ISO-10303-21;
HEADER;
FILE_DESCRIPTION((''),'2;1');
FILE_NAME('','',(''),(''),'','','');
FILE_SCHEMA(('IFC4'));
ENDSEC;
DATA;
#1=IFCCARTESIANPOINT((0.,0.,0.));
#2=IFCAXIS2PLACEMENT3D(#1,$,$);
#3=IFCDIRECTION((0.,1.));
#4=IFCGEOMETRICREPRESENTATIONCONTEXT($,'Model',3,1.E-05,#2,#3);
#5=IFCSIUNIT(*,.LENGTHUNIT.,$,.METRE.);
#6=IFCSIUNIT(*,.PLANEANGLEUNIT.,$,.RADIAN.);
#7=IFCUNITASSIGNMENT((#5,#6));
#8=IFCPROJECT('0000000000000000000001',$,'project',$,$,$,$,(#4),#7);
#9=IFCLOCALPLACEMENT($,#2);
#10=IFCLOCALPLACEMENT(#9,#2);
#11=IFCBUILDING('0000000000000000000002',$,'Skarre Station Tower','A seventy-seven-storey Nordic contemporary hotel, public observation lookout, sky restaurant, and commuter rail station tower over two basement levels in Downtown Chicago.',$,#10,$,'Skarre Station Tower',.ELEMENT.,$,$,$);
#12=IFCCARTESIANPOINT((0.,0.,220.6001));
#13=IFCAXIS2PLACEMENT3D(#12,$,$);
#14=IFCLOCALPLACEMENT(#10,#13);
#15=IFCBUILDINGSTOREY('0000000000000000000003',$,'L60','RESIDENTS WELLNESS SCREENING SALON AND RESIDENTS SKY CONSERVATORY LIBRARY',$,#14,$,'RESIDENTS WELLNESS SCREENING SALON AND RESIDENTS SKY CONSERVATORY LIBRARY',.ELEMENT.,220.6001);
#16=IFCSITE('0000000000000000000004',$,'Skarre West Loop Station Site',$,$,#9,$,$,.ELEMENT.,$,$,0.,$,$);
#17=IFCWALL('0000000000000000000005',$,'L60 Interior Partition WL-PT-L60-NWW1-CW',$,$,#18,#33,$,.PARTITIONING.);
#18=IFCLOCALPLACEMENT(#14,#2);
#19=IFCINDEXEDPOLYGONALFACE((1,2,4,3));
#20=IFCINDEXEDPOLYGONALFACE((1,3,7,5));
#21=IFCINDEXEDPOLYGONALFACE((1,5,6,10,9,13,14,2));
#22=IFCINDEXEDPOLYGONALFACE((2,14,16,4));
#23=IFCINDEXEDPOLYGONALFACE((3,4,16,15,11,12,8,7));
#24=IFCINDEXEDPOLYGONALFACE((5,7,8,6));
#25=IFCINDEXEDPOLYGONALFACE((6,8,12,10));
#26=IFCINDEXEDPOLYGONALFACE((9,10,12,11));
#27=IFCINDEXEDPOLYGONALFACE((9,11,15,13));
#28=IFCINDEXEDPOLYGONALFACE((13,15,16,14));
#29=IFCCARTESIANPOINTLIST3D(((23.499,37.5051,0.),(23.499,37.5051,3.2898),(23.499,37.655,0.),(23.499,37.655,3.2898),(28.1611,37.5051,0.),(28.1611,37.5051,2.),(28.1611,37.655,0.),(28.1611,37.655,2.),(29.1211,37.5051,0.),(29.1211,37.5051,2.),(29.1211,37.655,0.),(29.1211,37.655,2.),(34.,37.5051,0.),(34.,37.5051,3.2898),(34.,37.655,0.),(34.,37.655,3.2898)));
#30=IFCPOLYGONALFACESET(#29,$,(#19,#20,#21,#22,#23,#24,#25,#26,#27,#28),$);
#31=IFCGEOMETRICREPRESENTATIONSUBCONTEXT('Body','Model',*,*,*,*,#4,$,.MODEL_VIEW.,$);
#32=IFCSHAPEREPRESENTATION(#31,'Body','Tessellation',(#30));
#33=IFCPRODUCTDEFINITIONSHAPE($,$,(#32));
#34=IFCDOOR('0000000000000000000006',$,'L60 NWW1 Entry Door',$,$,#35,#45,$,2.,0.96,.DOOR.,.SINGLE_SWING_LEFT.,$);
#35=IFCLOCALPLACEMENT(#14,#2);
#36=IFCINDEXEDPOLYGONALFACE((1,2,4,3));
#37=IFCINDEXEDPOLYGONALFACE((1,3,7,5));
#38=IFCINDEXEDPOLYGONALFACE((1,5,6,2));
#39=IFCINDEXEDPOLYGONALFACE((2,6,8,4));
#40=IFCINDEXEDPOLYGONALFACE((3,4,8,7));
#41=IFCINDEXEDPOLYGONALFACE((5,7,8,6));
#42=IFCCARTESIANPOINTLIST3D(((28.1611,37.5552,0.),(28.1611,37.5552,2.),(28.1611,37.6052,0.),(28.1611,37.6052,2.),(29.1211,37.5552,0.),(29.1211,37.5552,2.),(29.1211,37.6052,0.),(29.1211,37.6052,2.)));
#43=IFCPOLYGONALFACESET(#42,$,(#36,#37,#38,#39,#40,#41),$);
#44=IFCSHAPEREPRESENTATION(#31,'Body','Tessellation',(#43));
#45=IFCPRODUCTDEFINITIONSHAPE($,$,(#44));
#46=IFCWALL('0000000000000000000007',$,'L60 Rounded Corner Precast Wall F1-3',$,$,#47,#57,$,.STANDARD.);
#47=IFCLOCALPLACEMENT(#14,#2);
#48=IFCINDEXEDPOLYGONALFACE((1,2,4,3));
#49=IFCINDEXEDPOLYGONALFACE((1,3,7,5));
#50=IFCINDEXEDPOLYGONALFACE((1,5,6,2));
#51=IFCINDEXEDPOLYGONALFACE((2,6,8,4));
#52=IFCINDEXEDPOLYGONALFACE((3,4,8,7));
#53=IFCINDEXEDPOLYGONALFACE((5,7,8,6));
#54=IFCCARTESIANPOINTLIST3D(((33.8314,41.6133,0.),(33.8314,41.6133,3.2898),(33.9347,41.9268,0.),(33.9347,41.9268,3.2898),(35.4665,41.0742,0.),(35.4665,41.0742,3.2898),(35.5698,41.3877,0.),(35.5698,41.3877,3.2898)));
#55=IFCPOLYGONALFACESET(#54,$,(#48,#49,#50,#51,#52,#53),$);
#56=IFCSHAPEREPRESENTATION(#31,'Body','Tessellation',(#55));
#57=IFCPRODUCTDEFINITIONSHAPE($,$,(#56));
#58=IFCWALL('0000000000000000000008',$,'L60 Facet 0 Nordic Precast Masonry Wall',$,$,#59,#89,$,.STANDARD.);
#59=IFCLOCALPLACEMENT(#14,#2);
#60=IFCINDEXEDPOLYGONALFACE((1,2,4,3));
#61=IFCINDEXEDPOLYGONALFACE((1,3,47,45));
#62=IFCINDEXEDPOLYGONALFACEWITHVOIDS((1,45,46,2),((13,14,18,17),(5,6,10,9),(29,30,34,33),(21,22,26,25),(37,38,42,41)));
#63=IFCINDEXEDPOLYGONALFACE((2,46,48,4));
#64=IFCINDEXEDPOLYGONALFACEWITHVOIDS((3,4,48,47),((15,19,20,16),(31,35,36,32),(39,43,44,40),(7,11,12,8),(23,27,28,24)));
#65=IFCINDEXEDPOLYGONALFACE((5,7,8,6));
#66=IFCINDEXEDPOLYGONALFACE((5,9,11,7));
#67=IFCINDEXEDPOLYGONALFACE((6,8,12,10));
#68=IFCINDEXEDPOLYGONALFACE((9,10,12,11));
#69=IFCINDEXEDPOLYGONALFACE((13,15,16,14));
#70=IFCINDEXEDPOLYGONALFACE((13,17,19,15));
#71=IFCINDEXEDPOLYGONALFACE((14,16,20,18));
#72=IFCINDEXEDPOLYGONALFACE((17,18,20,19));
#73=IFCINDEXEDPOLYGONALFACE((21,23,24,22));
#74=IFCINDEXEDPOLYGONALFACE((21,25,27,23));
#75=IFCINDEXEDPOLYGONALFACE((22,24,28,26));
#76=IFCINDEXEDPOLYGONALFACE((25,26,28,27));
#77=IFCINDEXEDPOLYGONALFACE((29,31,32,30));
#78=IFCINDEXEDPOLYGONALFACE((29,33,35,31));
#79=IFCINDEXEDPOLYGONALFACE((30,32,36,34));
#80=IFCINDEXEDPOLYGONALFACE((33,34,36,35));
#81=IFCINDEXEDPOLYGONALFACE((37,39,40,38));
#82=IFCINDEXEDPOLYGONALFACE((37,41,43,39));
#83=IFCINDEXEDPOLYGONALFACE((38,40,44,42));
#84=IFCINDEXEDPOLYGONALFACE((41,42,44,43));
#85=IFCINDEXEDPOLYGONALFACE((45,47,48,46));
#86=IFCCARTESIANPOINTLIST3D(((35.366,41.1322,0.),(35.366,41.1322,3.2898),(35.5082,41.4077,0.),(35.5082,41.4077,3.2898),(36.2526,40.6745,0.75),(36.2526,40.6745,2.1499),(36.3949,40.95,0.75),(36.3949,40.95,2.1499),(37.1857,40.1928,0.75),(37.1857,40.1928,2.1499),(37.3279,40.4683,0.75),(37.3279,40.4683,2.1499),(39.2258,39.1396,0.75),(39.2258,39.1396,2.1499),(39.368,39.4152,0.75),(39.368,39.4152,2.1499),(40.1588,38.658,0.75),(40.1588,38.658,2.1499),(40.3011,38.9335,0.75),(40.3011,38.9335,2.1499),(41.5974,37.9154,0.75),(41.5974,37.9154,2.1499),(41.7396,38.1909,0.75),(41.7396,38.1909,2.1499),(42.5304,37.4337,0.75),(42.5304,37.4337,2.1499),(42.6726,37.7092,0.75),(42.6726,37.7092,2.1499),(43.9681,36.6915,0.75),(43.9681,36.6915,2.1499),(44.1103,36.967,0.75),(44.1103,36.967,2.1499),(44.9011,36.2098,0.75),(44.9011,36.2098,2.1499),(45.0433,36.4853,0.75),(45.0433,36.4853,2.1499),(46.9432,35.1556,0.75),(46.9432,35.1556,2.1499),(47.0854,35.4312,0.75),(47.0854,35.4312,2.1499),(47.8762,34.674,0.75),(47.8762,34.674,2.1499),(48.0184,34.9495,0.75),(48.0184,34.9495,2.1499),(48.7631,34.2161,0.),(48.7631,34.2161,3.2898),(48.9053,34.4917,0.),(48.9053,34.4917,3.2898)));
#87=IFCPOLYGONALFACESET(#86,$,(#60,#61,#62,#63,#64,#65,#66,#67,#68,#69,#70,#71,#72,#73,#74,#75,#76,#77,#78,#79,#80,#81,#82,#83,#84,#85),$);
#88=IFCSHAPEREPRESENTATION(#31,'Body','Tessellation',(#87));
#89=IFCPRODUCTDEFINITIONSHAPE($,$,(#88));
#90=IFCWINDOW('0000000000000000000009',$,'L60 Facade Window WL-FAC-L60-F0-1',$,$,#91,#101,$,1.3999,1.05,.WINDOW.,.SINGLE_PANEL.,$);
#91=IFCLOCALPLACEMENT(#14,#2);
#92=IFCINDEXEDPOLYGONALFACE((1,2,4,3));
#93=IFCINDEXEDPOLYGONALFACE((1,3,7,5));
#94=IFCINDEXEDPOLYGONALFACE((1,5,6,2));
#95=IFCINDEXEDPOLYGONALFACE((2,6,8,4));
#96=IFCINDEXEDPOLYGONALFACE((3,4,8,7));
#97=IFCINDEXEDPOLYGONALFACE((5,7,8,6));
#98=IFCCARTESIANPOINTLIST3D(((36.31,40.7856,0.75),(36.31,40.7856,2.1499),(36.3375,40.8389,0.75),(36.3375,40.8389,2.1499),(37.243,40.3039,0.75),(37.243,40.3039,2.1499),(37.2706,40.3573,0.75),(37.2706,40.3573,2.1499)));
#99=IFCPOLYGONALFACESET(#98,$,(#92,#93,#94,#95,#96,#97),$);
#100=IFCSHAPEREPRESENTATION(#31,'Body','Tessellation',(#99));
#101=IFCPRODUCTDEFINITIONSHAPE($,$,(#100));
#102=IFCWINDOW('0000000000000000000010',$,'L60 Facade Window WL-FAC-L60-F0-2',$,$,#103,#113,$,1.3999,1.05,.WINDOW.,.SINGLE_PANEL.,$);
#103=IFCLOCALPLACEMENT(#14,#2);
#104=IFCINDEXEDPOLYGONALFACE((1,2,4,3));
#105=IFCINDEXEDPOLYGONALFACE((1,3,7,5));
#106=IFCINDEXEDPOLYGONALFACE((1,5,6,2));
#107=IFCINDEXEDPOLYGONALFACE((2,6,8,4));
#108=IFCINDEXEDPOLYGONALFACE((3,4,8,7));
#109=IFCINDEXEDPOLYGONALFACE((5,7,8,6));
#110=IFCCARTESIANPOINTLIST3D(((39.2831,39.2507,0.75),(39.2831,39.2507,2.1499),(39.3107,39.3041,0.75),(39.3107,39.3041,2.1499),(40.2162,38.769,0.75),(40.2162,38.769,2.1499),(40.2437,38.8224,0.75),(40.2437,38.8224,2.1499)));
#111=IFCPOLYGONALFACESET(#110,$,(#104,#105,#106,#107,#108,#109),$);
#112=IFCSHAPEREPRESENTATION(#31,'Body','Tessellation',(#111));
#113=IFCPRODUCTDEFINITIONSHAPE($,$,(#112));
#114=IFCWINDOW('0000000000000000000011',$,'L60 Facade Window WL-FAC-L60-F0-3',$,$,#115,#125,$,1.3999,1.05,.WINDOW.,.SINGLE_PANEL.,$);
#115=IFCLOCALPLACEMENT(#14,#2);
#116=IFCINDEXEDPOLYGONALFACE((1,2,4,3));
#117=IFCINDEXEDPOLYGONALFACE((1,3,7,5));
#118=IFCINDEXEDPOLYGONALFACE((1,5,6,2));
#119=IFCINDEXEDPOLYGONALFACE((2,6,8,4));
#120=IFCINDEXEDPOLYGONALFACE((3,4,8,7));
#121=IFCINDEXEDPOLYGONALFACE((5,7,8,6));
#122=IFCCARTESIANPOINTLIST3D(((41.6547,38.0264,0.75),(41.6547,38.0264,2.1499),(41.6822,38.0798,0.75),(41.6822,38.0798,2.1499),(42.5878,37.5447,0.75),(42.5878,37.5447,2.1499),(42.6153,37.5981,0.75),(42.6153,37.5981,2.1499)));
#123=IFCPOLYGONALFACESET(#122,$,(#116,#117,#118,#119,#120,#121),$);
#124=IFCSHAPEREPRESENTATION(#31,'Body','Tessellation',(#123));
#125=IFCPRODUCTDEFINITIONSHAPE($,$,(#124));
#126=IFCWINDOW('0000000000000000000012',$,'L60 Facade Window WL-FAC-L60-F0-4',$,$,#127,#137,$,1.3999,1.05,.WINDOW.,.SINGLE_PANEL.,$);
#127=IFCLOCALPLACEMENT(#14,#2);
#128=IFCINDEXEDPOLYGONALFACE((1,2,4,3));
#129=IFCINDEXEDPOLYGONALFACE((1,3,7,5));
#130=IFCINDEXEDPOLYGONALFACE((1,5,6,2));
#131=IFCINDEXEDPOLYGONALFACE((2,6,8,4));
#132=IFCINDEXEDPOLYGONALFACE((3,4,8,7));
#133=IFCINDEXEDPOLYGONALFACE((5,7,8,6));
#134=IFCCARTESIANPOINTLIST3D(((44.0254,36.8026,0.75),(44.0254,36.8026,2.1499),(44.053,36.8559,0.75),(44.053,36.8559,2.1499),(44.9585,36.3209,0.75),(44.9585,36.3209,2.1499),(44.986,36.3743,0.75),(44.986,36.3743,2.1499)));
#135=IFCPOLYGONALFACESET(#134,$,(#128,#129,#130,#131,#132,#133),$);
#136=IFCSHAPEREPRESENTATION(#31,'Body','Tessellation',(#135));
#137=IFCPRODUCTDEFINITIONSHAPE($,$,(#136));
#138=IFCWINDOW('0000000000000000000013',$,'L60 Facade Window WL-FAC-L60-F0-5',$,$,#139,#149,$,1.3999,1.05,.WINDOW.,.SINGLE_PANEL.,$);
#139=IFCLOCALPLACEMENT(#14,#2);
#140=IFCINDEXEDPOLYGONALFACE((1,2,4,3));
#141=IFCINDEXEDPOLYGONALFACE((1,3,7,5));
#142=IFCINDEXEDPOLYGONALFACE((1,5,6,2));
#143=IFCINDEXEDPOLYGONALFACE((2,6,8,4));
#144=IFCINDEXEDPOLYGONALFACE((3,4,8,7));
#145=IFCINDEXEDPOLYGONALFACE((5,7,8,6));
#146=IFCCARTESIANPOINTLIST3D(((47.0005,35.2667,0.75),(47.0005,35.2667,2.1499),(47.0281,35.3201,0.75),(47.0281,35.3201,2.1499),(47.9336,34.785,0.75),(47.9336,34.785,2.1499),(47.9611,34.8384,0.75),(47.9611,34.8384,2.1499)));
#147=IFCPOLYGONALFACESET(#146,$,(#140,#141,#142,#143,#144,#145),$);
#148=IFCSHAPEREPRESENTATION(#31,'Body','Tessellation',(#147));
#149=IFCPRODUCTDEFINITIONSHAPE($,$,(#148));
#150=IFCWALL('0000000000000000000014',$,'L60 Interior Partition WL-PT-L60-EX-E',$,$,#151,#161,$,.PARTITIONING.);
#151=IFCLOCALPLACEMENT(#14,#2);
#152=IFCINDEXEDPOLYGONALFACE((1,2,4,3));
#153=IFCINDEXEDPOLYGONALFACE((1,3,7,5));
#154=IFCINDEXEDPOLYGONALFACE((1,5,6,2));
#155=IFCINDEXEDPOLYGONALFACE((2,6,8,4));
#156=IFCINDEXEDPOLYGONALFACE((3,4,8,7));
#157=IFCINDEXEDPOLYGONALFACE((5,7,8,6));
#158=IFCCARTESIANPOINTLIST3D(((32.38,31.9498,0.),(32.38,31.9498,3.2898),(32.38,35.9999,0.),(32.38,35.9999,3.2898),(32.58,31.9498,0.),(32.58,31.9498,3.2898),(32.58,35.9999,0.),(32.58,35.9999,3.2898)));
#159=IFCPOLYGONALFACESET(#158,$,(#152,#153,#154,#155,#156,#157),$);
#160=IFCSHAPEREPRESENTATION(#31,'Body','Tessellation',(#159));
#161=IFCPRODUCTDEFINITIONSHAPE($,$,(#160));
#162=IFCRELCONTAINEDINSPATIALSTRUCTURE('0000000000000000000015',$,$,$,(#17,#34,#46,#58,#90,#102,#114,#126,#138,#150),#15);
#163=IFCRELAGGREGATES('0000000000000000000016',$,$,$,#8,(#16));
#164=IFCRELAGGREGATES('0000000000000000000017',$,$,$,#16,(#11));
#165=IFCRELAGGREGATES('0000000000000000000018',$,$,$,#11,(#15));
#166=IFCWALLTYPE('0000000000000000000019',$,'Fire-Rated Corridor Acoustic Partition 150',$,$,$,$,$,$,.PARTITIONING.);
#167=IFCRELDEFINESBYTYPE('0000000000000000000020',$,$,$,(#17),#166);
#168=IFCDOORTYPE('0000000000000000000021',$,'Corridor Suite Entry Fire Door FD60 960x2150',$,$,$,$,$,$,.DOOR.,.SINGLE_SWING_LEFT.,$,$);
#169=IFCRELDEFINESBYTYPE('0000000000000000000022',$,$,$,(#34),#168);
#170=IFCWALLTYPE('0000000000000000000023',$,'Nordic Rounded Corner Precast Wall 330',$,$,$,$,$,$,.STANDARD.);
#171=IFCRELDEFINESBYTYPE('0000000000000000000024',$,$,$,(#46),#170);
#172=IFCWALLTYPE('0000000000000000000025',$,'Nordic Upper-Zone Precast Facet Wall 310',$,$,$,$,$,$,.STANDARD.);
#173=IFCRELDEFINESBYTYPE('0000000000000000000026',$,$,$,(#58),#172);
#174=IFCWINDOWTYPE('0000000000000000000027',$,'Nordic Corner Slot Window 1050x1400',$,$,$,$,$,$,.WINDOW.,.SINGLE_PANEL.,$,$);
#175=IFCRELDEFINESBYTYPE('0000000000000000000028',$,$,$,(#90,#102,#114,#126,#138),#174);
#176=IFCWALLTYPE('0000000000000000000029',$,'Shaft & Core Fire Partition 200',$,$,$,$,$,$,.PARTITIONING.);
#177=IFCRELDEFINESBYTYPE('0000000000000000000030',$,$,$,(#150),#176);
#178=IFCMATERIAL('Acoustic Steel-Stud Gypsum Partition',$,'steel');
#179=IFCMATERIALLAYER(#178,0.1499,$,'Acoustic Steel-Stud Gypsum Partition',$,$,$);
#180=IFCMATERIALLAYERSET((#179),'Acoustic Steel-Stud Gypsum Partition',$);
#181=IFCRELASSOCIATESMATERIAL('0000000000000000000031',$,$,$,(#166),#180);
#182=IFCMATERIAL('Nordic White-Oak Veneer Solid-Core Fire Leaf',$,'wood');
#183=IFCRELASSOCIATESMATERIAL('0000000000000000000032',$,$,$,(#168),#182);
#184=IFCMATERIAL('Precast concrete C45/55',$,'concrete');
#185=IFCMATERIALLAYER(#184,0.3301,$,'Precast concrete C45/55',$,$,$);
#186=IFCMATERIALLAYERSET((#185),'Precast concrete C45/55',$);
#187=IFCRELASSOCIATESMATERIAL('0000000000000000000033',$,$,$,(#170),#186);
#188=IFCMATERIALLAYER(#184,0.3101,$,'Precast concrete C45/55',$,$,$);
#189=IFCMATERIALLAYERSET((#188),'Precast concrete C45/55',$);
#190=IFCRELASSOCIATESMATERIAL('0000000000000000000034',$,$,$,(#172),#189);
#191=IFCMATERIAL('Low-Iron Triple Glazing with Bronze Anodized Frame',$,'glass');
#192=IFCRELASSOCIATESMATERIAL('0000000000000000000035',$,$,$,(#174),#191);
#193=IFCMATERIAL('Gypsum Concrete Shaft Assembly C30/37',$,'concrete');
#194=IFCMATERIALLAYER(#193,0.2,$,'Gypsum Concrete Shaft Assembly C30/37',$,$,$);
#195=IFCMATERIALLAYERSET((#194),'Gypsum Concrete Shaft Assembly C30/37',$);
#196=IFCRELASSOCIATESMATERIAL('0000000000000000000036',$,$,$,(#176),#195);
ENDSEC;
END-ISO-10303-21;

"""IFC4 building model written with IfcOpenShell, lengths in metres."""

from ifc_helpers import new_model, si_unit, direction, frame, frame_2d, origin, place, context, subcontext, project, spatial, rectangle, extrude, material, layer, layer_set, type_object, element, fill, save


model = new_model("IFC4")

# Units and contexts
model_context = context("Model", 3, precision=1e-05, world=origin(), true_north=direction((0.0, 1.0)))
body_context = subcontext(model_context, "Body", "Model", "MODEL_VIEW")
ifc_project = project(units=[si_unit("LENGTHUNIT", "METRE"), si_unit("PLANEANGLEUNIT", "RADIAN")], contexts=[model_context])

# Site, building, storey
site_placement = place(None, origin())
site = spatial("IfcSite", under=ifc_project, at=site_placement, Name="Skarre West Loop Station Site", CompositionType="ELEMENT", RefElevation=0.0)
building_placement = place(site_placement, origin())
building = spatial("IfcBuilding", under=site, at=building_placement, Name="Skarre Station Tower", Description="A seventy-seven-storey Nordic contemporary hotel, public observation lookout, sky restaurant, and commuter rail station tower over two basement levels in Downtown Chicago.", LongName="Skarre Station Tower", CompositionType="ELEMENT")
storey_placement = place(building_placement, frame((0.0, 0.0, 220.6001)))
storey = spatial("IfcBuildingStorey", under=building, at=storey_placement, Name="L60", Description="RESIDENTS WELLNESS SCREENING SALON AND RESIDENTS SKY CONSERVATORY LIBRARY", LongName="RESIDENTS WELLNESS SCREENING SALON AND RESIDENTS SKY CONSERVATORY LIBRARY", CompositionType="ELEMENT", Elevation=220.6001)

# Wall, opening, door
ifc_material_1 = material(Name="Acoustic Steel-Stud Gypsum Partition", Category="steel")
ifc_layer_1 = layer(ifc_material_1, 0.1499, Name="Acoustic Steel-Stud Gypsum Partition")
ifc_layer_set_1 = layer_set([ifc_layer_1], Name="Acoustic Steel-Stud Gypsum Partition")
wall_type_1 = type_object("IfcWallType", Name="Fire-Rated Corridor Acoustic Partition 150", PredefinedType="PARTITIONING", material=ifc_layer_set_1)
wall_1_placement = place(storey_placement, frame((34.0, 37.5801, 0.0), z_axis=(0.0, 0.0, 1.0), x_axis=(-1.0, 0.0, 0.0)))
wall_1 = element("IfcWall", 1, at=wall_1_placement, inside=storey, type_object=wall_type_1, Name="L60 Interior Partition WL-PT-L60-NWW1-CW", PredefinedType="PARTITIONING", context=body_context, shape_type="SweptSolid", body=[
    extrude(rectangle(XDim=10.501, YDim=0.1499, at=frame_2d((5.2505, 0.0))), origin(), (0.0, 0.0, 1.0), 3.2898),
])
opening_1_placement = place(wall_1_placement, frame((4.8789, 0.0, 0.0)))
opening_1 = element("IfcOpeningElement", 2, at=opening_1_placement, cuts=wall_1, PredefinedType="OPENING", context=body_context, shape_type="SweptSolid", body=[
    extrude(rectangle(XDim=0.96, YDim=2.0, at=frame_2d((0.48, 1.0))), frame((0.0, 0.085, 0.0), z_axis=(0.0, -1.0, 0.0), x_axis=(1.0, 0.0, 0.0)), (0.0, 0.0, 1.0), 0.1699),
])
ifc_material_2 = material(Name="Nordic White-Oak Veneer Solid-Core Fire Leaf", Category="wood")
door_type = type_object("IfcDoorType", Name="Corridor Suite Entry Fire Door FD60 960x2150", OperationType="SINGLE_SWING_LEFT", PredefinedType="DOOR", material=ifc_material_2)
door_placement = place(opening_1_placement, origin())
door = element("IfcDoor", 3, at=door_placement, inside=storey, type_object=door_type, Name="L60 NWW1 Entry Door", OperationType="SINGLE_SWING_LEFT", OverallHeight=2.0, OverallWidth=0.96, PredefinedType="DOOR", context=body_context, shape_type="SweptSolid", body=[
    extrude(rectangle(XDim=0.96, YDim=2.0, at=frame_2d((0.48, 1.0))), frame((0.0, 0.0249, 0.0), z_axis=(0.0, -1.0, 0.0), x_axis=(1.0, 0.0, 0.0)), (0.0, 0.0, 1.0), 0.05),
])
fill(opening_1, door)

# Wall
ifc_material_3 = material(Name="Precast concrete C45/55", Category="concrete")
ifc_layer_2 = layer(ifc_material_3, 0.3301, Name="Precast concrete C45/55")
ifc_layer_set_2 = layer_set([ifc_layer_2], Name="Precast concrete C45/55")
wall_type_2 = type_object("IfcWallType", Name="Nordic Rounded Corner Precast Wall 330", PredefinedType="STANDARD", material=ifc_layer_set_2)
wall_2_placement = place(storey_placement, frame((33.8831, 41.77, 0.0), z_axis=(0.0, 0.0, 1.0), x_axis=(0.949713, -0.31312, 0.0)))
element("IfcWall", 4, at=wall_2_placement, inside=storey, type_object=wall_type_2, Name="L60 Rounded Corner Precast Wall F1-3", PredefinedType="STANDARD", context=body_context, shape_type="SweptSolid", body=[
    extrude(rectangle(XDim=1.7217, YDim=0.3301, at=frame_2d((0.8608, 0.0))), origin(), (0.0, 0.0, 1.0), 3.2898),
])

# Wall, openings, windows
ifc_layer_3 = layer(ifc_material_3, 0.3101, Name="Precast concrete C45/55")
ifc_layer_set_3 = layer_set([ifc_layer_3], Name="Precast concrete C45/55")
wall_type_3 = type_object("IfcWallType", Name="Nordic Upper-Zone Precast Facet Wall 310", PredefinedType="STANDARD", material=ifc_layer_set_3)
wall_3_placement = place(storey_placement, frame((35.437, 41.27, 0.0), z_axis=(0.0, 0.0, 1.0), x_axis=(0.888581, -0.458719, 0.0)))
wall_3 = element("IfcWall", 5, at=wall_3_placement, inside=storey, type_object=wall_type_3, Name="L60 Facet 0 Nordic Precast Masonry Wall", PredefinedType="STANDARD", context=body_context, shape_type="SweptSolid", body=[
    extrude(rectangle(XDim=15.0769, YDim=0.3101, at=frame_2d((7.5386, 0.0))), origin(), (0.0, 0.0, 1.0), 3.2898),
])
opening_2_placement = place(wall_3_placement, frame((0.998, 0.0, 0.75)))
opening_2 = element("IfcOpeningElement", 6, at=opening_2_placement, cuts=wall_3, PredefinedType="OPENING", context=body_context, shape_type="SweptSolid", body=[
    extrude(rectangle(XDim=1.05, YDim=1.3999, at=frame_2d((0.5249, 0.7))), frame((0.0, 0.165, 0.0), z_axis=(0.0, -1.0, 0.0), x_axis=(1.0, 0.0, 0.0)), (0.0, 0.0, 1.0), 0.3301),
])
opening_3_placement = place(wall_3_placement, frame((4.344, 0.0, 0.75)))
opening_3 = element("IfcOpeningElement", 7, at=opening_3_placement, cuts=wall_3, PredefinedType="OPENING", context=body_context, shape_type="SweptSolid", body=[
    extrude(rectangle(XDim=1.05, YDim=1.3999, at=frame_2d((0.5249, 0.7))), frame((0.0, 0.165, 0.0), z_axis=(0.0, -1.0, 0.0), x_axis=(1.0, 0.0, 0.0)), (0.0, 0.0, 1.0), 0.3301),
])
opening_4_placement = place(wall_3_placement, frame((7.0129, 0.0, 0.75)))
opening_4 = element("IfcOpeningElement", 8, at=opening_4_placement, cuts=wall_3, PredefinedType="OPENING", context=body_context, shape_type="SweptSolid", body=[
    extrude(rectangle(XDim=1.05, YDim=1.3999, at=frame_2d((0.5249, 0.7))), frame((0.0, 0.165, 0.0), z_axis=(0.0, -1.0, 0.0), x_axis=(1.0, 0.0, 0.0)), (0.0, 0.0, 1.0), 0.3301),
])
opening_5_placement = place(wall_3_placement, frame((9.6809, 0.0, 0.75)))
opening_5 = element("IfcOpeningElement", 9, at=opening_5_placement, cuts=wall_3, PredefinedType="OPENING", context=body_context, shape_type="SweptSolid", body=[
    extrude(rectangle(XDim=1.05, YDim=1.3999, at=frame_2d((0.5249, 0.7))), frame((0.0, 0.165, 0.0), z_axis=(0.0, -1.0, 0.0), x_axis=(1.0, 0.0, 0.0)), (0.0, 0.0, 1.0), 0.3301),
])
opening_6_placement = place(wall_3_placement, frame((13.0291, 0.0, 0.75)))
opening_6 = element("IfcOpeningElement", 10, at=opening_6_placement, cuts=wall_3, PredefinedType="OPENING", context=body_context, shape_type="SweptSolid", body=[
    extrude(rectangle(XDim=1.05, YDim=1.3999, at=frame_2d((0.5249, 0.7))), frame((0.0, 0.165, 0.0), z_axis=(0.0, -1.0, 0.0), x_axis=(1.0, 0.0, 0.0)), (0.0, 0.0, 1.0), 0.3301),
])
ifc_material_4 = material(Name="Low-Iron Triple Glazing with Bronze Anodized Frame", Category="glass")
window_type = type_object("IfcWindowType", Name="Nordic Corner Slot Window 1050x1400", PartitioningType="SINGLE_PANEL", PredefinedType="WINDOW", material=ifc_material_4)
window_1_placement = place(opening_2_placement, origin())
window_1 = element("IfcWindow", 11, at=window_1_placement, inside=storey, type_object=window_type, Name="L60 Facade Window WL-FAC-L60-F0-1", OverallHeight=1.3999, OverallWidth=1.05, PartitioningType="SINGLE_PANEL", PredefinedType="WINDOW", context=body_context, shape_type="SweptSolid", body=[
    extrude(rectangle(XDim=1.05, YDim=1.3999, at=frame_2d((0.5249, 0.7))), frame((0.0, 0.03, 0.0), z_axis=(0.0, -1.0, 0.0), x_axis=(1.0, 0.0, 0.0)), (0.0, 0.0, 1.0), 0.0601),
])
fill(opening_2, window_1)
window_2_placement = place(opening_3_placement, origin())
window_2 = element("IfcWindow", 12, at=window_2_placement, inside=storey, type_object=window_type, Name="L60 Facade Window WL-FAC-L60-F0-2", OverallHeight=1.3999, OverallWidth=1.05, PartitioningType="SINGLE_PANEL", PredefinedType="WINDOW", context=body_context, shape_type="SweptSolid", body=[
    extrude(rectangle(XDim=1.05, YDim=1.3999, at=frame_2d((0.5249, 0.7))), frame((0.0, 0.03, 0.0), z_axis=(0.0, -1.0, 0.0), x_axis=(1.0, 0.0, 0.0)), (0.0, 0.0, 1.0), 0.0601),
])
fill(opening_3, window_2)
window_3_placement = place(opening_4_placement, origin())
window_3 = element("IfcWindow", 13, at=window_3_placement, inside=storey, type_object=window_type, Name="L60 Facade Window WL-FAC-L60-F0-3", OverallHeight=1.3999, OverallWidth=1.05, PartitioningType="SINGLE_PANEL", PredefinedType="WINDOW", context=body_context, shape_type="SweptSolid", body=[
    extrude(rectangle(XDim=1.05, YDim=1.3999, at=frame_2d((0.5249, 0.7))), frame((0.0, 0.03, 0.0), z_axis=(0.0, -1.0, 0.0), x_axis=(1.0, 0.0, 0.0)), (0.0, 0.0, 1.0), 0.0601),
])
fill(opening_4, window_3)
window_4_placement = place(opening_5_placement, origin())
window_4 = element("IfcWindow", 14, at=window_4_placement, inside=storey, type_object=window_type, Name="L60 Facade Window WL-FAC-L60-F0-4", OverallHeight=1.3999, OverallWidth=1.05, PartitioningType="SINGLE_PANEL", PredefinedType="WINDOW", context=body_context, shape_type="SweptSolid", body=[
    extrude(rectangle(XDim=1.05, YDim=1.3999, at=frame_2d((0.5249, 0.7))), frame((0.0, 0.03, 0.0), z_axis=(0.0, -1.0, 0.0), x_axis=(1.0, 0.0, 0.0)), (0.0, 0.0, 1.0), 0.0601),
])
fill(opening_5, window_4)
window_5_placement = place(opening_6_placement, origin())
window_5 = element("IfcWindow", 15, at=window_5_placement, inside=storey, type_object=window_type, Name="L60 Facade Window WL-FAC-L60-F0-5", OverallHeight=1.3999, OverallWidth=1.05, PartitioningType="SINGLE_PANEL", PredefinedType="WINDOW", context=body_context, shape_type="SweptSolid", body=[
    extrude(rectangle(XDim=1.05, YDim=1.3999, at=frame_2d((0.5249, 0.7))), frame((0.0, 0.03, 0.0), z_axis=(0.0, -1.0, 0.0), x_axis=(1.0, 0.0, 0.0)), (0.0, 0.0, 1.0), 0.0601),
])
fill(opening_6, window_5)

# Wall
ifc_material_5 = material(Name="Gypsum Concrete Shaft Assembly C30/37", Category="concrete")
ifc_layer_4 = layer(ifc_material_5, 0.2, Name="Gypsum Concrete Shaft Assembly C30/37")
ifc_layer_set_4 = layer_set([ifc_layer_4], Name="Gypsum Concrete Shaft Assembly C30/37")
wall_type_4 = type_object("IfcWallType", Name="Shaft & Core Fire Partition 200", PredefinedType="PARTITIONING", material=ifc_layer_set_4)
wall_4_placement = place(storey_placement, frame((32.48, 31.95, 0.0), z_axis=(0.0, 0.0, 1.0), x_axis=(0.0, 1.0, 0.0)))
element("IfcWall", 16, at=wall_4_placement, inside=storey, type_object=wall_type_4, Name="L60 Interior Partition WL-PT-L60-EX-E", PredefinedType="PARTITIONING", context=body_context, shape_type="SweptSolid", body=[
    extrude(rectangle(XDim=4.05, YDim=0.2, at=frame_2d((2.0249, 0.0))), origin(), (0.0, 0.0, 1.0), 3.2898),
])

save(model, "model.ifc")
